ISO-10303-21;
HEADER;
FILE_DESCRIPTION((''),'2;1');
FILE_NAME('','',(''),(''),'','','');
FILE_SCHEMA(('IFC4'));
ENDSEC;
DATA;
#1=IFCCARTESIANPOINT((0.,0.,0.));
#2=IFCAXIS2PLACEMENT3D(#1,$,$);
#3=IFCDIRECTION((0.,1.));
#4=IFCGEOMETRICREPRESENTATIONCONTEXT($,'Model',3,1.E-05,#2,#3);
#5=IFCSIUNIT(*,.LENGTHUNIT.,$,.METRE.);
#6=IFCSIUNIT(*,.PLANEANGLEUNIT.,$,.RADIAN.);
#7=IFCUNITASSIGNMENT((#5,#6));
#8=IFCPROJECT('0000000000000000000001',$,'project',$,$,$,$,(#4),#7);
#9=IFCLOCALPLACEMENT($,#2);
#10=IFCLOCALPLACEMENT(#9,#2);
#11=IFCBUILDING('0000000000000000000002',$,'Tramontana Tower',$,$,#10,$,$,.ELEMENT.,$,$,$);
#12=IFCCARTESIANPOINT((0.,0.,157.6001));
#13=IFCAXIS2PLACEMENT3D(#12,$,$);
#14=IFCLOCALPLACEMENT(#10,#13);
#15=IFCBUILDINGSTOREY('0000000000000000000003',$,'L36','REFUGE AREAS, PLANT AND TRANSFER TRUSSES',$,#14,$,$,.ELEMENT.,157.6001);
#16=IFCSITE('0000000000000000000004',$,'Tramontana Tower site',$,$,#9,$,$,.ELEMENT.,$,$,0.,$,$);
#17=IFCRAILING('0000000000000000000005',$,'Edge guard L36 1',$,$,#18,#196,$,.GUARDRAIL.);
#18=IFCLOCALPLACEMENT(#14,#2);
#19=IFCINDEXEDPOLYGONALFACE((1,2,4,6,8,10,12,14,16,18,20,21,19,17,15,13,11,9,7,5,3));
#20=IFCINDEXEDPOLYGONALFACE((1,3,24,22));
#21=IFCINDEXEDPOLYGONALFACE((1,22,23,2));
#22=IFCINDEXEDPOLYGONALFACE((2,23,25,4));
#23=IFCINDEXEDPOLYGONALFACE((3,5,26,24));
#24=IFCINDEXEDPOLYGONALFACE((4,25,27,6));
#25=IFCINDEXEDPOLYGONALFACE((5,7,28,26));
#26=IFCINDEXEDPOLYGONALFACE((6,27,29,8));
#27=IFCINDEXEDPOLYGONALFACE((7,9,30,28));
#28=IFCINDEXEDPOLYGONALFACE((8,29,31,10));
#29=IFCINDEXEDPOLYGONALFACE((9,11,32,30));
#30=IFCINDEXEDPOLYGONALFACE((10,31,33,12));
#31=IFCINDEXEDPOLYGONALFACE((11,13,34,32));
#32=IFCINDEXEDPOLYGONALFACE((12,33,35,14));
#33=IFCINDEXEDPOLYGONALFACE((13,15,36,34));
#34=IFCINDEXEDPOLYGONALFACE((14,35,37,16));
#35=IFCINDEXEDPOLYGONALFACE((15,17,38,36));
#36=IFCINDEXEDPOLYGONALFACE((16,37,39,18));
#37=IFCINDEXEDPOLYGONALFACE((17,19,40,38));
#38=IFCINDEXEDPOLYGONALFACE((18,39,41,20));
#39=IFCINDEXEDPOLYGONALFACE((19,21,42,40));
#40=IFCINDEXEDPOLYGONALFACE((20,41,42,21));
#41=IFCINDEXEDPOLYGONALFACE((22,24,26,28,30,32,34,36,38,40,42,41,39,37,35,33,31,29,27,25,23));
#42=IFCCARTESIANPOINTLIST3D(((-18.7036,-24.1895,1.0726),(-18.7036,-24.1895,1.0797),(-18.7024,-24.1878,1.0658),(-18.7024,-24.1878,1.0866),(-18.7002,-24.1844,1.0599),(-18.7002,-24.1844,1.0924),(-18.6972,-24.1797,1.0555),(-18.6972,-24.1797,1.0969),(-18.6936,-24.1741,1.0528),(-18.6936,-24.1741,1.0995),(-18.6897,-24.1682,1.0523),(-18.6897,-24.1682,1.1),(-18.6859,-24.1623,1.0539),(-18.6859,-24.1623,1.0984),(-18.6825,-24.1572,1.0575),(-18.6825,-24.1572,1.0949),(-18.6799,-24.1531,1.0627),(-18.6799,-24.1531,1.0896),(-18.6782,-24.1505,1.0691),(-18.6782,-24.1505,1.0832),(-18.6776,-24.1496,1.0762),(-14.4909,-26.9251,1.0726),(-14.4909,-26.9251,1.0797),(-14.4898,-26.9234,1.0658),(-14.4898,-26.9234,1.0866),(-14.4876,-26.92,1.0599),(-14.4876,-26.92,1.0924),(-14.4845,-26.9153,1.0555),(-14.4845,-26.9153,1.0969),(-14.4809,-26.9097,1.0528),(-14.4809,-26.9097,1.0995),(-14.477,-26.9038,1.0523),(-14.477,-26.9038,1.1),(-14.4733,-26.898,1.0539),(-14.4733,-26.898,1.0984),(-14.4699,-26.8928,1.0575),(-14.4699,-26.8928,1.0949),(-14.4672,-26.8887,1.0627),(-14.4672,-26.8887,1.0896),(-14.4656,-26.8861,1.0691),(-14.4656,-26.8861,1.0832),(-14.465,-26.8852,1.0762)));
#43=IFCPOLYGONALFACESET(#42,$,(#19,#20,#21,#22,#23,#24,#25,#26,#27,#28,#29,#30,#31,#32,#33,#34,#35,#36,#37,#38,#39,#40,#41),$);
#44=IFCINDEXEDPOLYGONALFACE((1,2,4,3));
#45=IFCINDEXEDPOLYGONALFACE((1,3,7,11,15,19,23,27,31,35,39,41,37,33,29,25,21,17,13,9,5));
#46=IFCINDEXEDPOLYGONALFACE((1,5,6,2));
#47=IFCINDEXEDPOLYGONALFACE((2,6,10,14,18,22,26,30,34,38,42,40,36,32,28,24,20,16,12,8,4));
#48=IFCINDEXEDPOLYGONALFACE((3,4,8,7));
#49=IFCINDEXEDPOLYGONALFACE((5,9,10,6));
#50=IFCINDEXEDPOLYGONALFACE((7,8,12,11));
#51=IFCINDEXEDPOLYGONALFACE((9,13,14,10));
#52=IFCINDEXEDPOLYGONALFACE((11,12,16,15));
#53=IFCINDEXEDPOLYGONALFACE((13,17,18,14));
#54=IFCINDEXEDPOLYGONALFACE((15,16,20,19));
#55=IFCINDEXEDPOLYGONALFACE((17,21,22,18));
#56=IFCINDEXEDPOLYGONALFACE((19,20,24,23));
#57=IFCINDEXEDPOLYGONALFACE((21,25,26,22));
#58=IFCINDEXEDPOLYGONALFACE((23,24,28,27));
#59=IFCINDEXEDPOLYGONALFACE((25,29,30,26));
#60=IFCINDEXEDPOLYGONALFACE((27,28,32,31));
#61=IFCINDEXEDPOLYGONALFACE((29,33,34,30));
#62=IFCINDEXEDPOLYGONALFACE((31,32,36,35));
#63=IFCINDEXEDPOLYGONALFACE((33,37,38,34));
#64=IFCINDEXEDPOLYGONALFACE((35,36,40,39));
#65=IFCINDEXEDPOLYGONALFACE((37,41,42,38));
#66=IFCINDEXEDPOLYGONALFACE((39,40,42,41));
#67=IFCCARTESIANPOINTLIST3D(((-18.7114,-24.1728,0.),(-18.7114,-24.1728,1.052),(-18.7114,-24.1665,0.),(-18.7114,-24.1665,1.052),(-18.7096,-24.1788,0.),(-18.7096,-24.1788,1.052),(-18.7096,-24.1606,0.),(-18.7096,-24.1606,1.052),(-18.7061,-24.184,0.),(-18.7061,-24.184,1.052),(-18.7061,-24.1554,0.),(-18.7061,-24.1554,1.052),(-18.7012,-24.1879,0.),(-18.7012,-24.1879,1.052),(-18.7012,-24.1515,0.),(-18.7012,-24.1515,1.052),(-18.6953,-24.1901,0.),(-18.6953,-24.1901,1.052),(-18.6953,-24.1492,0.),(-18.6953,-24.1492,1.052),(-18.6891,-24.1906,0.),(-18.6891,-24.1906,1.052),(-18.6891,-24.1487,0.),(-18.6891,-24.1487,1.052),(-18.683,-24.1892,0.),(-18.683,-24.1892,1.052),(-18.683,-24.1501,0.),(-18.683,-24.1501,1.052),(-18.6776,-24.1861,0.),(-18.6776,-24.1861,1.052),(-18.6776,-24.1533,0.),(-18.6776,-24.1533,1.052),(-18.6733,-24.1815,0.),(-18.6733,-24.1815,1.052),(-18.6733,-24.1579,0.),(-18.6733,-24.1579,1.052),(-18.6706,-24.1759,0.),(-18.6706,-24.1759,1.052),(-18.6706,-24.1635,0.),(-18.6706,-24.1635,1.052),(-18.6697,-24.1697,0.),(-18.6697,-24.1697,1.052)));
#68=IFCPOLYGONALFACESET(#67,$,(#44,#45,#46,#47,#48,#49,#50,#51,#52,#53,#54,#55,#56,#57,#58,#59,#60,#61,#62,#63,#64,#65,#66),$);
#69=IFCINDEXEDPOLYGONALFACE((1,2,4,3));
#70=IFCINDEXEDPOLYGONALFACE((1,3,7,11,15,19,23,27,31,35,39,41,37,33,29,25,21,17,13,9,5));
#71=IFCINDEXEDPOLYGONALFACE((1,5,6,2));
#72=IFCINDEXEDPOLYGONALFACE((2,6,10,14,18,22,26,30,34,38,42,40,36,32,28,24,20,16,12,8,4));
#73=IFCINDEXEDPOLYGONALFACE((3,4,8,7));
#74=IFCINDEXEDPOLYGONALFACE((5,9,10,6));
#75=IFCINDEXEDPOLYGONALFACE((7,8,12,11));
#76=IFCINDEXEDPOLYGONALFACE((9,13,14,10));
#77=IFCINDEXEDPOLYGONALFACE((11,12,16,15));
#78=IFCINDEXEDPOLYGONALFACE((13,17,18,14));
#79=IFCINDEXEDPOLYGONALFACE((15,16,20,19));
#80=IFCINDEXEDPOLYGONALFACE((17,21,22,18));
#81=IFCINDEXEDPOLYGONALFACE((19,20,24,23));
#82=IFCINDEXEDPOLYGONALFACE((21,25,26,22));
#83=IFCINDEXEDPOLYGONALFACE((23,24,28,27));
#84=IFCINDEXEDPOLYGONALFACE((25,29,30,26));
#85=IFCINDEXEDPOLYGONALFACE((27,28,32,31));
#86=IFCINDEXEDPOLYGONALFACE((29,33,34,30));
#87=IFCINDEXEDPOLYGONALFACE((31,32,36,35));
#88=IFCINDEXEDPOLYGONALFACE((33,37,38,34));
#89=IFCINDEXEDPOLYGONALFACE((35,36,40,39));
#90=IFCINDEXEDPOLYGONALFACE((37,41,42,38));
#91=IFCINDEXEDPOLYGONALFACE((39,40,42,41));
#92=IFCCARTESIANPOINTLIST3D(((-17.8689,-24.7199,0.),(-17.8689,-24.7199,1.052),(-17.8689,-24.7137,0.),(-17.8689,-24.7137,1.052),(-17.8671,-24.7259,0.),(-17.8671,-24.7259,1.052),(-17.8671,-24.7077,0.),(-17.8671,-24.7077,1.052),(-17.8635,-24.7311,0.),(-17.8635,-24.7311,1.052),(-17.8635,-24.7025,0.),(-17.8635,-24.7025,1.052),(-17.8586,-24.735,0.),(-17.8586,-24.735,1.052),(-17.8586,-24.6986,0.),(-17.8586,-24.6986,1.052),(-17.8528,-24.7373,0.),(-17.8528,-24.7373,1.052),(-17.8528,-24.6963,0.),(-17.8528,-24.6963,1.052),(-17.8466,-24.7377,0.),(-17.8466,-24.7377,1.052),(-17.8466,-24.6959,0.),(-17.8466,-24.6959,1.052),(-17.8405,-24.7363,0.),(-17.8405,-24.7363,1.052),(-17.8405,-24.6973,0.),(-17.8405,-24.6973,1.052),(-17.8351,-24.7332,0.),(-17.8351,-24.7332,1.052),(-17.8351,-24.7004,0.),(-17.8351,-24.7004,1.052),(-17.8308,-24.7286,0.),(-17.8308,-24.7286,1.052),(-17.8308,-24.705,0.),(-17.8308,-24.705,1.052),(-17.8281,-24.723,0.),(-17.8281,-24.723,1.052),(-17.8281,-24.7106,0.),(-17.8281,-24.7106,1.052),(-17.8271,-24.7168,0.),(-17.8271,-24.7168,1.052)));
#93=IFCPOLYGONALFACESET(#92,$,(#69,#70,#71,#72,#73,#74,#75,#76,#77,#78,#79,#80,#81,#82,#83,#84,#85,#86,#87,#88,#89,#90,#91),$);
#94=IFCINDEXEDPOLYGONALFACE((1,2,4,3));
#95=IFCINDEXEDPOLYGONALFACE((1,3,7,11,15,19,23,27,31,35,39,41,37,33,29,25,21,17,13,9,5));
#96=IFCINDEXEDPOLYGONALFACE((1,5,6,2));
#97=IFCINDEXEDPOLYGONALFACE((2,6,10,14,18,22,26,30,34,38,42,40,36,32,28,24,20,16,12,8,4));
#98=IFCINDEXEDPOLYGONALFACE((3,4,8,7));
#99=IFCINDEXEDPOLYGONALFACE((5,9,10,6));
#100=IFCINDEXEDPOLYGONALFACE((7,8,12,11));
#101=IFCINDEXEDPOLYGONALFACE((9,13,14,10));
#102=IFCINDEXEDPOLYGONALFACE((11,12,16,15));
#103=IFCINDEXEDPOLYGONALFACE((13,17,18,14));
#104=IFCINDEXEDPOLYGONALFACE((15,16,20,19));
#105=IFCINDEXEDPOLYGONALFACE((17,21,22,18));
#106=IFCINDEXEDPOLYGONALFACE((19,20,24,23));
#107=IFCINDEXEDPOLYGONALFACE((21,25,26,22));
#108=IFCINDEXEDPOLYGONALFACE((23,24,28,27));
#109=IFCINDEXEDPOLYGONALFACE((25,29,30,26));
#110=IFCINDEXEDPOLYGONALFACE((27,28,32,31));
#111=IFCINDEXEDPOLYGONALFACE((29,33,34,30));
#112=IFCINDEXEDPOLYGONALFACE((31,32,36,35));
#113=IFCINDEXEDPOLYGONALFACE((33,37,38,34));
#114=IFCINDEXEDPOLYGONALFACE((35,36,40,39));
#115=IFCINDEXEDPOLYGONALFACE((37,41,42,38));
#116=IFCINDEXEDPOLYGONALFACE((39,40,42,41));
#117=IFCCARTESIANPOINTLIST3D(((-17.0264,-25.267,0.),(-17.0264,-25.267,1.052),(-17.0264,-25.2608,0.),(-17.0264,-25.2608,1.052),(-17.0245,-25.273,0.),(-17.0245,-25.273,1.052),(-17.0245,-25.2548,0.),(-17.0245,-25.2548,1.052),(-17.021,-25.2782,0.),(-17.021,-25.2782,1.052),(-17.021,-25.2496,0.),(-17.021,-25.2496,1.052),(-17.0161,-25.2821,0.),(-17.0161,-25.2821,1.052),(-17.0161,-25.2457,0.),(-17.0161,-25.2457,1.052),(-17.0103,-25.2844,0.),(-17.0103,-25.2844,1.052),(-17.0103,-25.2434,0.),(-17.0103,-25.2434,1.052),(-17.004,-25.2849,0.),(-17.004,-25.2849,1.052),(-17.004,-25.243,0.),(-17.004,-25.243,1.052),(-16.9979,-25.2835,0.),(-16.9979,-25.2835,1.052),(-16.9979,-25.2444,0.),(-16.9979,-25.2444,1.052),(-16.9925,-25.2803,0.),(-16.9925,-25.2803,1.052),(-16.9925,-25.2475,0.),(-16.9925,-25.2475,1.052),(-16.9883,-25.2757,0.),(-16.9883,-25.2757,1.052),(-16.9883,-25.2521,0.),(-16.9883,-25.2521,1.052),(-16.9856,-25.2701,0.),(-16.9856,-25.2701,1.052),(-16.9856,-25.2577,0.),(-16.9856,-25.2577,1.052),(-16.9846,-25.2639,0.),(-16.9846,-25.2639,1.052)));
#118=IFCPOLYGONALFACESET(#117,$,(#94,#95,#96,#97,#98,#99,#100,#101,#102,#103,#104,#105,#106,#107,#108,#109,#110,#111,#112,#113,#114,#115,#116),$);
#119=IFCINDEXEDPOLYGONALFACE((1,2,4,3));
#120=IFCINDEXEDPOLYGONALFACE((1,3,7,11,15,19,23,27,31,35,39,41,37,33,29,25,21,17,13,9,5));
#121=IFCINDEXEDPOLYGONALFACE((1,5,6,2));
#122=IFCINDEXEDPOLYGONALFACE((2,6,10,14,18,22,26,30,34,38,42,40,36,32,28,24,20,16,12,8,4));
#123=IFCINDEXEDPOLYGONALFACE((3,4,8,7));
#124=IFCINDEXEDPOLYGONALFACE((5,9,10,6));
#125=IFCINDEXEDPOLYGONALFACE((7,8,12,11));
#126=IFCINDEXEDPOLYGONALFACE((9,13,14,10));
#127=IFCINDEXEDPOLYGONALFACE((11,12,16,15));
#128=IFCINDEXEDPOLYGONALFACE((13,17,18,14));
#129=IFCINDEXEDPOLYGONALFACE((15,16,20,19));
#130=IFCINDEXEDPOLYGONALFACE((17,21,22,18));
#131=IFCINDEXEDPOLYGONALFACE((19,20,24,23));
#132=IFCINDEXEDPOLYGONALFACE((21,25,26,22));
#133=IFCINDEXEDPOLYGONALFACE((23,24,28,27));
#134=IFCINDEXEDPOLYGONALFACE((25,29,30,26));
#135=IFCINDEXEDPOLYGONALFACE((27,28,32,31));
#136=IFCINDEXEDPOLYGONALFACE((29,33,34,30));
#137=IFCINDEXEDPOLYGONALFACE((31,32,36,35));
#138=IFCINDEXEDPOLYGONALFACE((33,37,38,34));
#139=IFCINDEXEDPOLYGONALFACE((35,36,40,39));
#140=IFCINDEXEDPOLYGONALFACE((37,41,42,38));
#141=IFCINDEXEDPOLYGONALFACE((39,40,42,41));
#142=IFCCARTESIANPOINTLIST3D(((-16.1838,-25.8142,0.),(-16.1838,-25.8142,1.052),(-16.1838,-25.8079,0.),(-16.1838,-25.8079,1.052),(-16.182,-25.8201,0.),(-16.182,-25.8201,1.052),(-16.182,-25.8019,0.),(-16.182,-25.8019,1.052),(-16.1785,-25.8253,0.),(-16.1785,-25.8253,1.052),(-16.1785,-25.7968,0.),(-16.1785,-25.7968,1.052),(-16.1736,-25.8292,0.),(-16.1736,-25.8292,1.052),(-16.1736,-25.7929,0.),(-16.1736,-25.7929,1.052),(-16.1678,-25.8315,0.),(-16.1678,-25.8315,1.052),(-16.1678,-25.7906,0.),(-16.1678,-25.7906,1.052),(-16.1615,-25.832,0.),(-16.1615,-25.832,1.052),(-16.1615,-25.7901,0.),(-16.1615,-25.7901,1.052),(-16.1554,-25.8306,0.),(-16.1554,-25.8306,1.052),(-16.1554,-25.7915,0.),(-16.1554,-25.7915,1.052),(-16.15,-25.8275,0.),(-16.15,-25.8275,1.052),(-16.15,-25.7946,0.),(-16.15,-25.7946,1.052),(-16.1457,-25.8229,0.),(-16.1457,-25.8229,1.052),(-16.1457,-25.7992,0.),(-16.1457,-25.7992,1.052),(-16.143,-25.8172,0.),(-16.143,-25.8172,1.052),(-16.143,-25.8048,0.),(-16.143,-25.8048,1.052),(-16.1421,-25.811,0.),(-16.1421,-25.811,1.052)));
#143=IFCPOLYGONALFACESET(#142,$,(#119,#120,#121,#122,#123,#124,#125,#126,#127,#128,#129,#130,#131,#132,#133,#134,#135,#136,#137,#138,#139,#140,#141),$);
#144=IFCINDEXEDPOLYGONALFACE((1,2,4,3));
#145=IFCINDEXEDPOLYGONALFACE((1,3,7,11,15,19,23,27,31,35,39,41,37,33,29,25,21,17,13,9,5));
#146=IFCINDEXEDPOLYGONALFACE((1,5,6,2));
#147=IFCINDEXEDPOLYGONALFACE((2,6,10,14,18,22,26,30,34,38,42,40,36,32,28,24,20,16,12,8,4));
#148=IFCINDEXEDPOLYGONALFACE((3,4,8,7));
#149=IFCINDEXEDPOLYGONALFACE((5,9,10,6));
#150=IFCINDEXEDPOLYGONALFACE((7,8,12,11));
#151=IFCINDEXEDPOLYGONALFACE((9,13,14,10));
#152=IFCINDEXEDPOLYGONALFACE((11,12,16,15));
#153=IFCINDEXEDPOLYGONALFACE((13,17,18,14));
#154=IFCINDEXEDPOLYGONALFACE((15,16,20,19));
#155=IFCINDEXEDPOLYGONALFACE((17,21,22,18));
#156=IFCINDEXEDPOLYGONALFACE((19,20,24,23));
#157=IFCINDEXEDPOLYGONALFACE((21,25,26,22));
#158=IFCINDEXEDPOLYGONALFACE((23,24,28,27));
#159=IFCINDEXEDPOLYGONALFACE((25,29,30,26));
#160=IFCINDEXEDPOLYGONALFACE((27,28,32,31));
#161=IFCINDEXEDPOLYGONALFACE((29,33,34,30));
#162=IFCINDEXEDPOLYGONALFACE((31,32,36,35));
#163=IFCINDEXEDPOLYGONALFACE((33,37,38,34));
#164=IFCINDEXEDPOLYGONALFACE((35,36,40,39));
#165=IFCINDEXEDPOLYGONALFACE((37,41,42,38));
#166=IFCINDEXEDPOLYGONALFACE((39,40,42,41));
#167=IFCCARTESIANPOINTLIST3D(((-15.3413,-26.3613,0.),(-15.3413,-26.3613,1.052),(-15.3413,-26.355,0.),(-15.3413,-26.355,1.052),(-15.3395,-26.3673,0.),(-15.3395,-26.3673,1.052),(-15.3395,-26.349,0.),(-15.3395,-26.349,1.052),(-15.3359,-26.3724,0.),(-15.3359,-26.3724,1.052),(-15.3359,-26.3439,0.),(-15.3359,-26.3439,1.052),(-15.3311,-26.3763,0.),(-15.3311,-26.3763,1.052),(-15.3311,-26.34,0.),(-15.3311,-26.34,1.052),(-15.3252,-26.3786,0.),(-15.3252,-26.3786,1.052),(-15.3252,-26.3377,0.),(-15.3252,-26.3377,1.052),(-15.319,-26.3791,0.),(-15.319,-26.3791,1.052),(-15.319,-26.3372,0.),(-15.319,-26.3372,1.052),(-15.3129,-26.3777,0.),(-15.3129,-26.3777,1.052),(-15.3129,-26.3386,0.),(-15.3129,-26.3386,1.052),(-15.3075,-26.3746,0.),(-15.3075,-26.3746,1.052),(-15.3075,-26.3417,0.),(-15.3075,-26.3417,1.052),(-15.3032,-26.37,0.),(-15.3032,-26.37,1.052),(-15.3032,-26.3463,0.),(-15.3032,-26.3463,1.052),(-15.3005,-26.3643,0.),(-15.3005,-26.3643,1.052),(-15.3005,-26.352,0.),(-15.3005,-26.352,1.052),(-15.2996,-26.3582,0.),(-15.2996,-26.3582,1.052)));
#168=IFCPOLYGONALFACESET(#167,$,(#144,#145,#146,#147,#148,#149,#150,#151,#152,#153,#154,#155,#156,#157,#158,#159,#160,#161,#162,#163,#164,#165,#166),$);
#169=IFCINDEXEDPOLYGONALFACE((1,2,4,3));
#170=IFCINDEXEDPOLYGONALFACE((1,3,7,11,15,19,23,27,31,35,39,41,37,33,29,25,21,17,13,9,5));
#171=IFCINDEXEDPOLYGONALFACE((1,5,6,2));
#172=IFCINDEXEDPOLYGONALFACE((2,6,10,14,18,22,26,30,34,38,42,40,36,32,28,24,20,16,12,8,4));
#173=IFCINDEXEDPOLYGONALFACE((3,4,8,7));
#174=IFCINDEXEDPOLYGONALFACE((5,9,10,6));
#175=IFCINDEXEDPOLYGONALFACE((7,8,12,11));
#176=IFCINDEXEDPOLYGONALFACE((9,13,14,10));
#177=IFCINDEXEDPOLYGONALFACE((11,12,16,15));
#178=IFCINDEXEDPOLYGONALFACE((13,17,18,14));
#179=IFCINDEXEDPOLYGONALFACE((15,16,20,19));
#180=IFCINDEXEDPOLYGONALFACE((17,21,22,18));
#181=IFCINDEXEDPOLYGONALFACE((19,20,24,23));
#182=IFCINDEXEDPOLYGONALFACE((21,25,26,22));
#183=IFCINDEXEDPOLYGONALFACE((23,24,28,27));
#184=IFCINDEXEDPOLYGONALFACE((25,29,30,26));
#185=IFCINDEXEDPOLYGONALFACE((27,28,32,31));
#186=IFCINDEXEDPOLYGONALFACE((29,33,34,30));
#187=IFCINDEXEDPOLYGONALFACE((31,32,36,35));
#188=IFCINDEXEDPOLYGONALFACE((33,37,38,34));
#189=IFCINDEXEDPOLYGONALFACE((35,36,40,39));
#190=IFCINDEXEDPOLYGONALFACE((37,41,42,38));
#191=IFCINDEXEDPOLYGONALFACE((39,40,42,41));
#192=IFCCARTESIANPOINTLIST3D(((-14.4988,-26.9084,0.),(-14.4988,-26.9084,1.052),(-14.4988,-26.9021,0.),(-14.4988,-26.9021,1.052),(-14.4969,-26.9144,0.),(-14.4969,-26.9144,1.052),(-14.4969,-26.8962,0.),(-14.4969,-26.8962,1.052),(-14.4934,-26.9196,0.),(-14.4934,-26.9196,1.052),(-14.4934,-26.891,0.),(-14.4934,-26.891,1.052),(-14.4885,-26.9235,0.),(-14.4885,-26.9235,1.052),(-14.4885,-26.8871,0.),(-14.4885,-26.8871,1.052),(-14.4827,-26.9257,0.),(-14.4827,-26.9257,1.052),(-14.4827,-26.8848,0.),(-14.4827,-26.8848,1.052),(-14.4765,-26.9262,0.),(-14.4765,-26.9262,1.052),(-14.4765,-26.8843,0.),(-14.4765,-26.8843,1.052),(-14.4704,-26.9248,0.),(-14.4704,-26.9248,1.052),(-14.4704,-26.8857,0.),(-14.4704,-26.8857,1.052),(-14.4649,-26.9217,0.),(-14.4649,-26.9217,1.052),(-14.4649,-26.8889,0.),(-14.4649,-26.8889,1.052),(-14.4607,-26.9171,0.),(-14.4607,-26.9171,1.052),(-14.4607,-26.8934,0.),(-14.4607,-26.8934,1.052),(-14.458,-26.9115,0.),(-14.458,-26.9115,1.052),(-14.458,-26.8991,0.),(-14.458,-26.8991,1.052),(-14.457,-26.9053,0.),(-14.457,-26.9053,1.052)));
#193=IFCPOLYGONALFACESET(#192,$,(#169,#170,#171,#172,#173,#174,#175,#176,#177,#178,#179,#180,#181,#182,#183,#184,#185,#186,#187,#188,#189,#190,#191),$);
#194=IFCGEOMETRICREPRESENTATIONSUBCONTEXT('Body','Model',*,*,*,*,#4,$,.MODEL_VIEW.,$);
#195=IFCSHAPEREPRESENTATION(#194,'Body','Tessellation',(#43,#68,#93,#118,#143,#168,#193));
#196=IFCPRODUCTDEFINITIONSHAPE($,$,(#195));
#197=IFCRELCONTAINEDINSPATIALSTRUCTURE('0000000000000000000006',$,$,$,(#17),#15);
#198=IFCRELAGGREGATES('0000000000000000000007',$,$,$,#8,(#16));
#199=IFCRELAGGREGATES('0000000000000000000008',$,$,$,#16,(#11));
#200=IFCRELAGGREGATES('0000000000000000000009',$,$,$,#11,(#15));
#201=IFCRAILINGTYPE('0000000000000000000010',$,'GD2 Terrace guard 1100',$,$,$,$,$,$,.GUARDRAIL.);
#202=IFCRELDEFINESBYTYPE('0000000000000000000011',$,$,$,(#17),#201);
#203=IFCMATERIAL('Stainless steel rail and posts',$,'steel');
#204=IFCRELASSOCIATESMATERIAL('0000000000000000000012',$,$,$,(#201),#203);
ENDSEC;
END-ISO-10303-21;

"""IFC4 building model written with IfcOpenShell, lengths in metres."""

from ifc_helpers import new_model, si_unit, direction, frame, origin, origin_2d, place, context, subcontext, project, spatial, circle, extrude, material, type_object, element, save


model = new_model("IFC4")

# Units and contexts
model_context = context("Model", 3, precision=1e-05, world=origin(), true_north=direction((0.0, 1.0)))
body_context = subcontext(model_context, "Body", "Model", "MODEL_VIEW")
ifc_project = project(units=[si_unit("LENGTHUNIT", "METRE"), si_unit("PLANEANGLEUNIT", "RADIAN")], contexts=[model_context])

# Site, building, storey
site_placement = place(None, origin())
site = spatial("IfcSite", under=ifc_project, at=site_placement, Name="Tramontana Tower site", CompositionType="ELEMENT", RefElevation=0.0)
building_placement = place(site_placement, origin())
building = spatial("IfcBuilding", under=site, at=building_placement, Name="Tramontana Tower", CompositionType="ELEMENT")
storey_placement = place(building_placement, frame((0.0, 0.0, 157.6001)))
storey = spatial("IfcBuildingStorey", under=building, at=storey_placement, Name="L36", Description="REFUGE AREAS, PLANT AND TRANSFER TRUSSES", CompositionType="ELEMENT", Elevation=157.6001)

# Railing
ifc_material_1 = material(Name="Stainless steel rail and posts", Category="steel")
railing_type = type_object("IfcRailingType", Name="GD2 Terrace guard 1100", PredefinedType="GUARDRAIL", material=ifc_material_1)
railing_1_placement = place(storey_placement, frame((-18.6907, -24.1697, 0.0)))
element("IfcRailing", 1, at=railing_1_placement, inside=storey, type_object=railing_type, Name="Edge guard L36 1", PredefinedType="GUARDRAIL", context=body_context, shape_type="SweptSolid", body=[
    extrude(circle(Radius=0.0239, at=origin_2d()), frame((0.0, 0.0, 1.0762), z_axis=(0.838682, -0.544621, 0.0), x_axis=(0.544621, 0.838682, 0.0)), (0.0, 0.0, 1.0), 5.0229),
    extrude(circle(Radius=0.021, at=origin_2d()), origin(), (0.0, 0.0, 1.0), 1.052),
    extrude(circle(Radius=0.021, at=origin_2d()), frame((0.8425, -0.5471, 0.0)), (0.0, 0.0, 1.0), 1.052),
    extrude(circle(Radius=0.021, at=origin_2d()), frame((1.6851, -1.0942, 0.0)), (0.0, 0.0, 1.0), 1.052),
    extrude(circle(Radius=0.021, at=origin_2d()), frame((2.5276, -1.6414, 0.0)), (0.0, 0.0, 1.0), 1.052),
    extrude(circle(Radius=0.021, at=origin_2d()), frame((3.3701, -2.1885, 0.0)), (0.0, 0.0, 1.0), 1.052),
    extrude(circle(Radius=0.021, at=origin_2d()), frame((4.2126, -2.7356, 0.0)), (0.0, 0.0, 1.0), 1.052),
])

save(model, "model.ifc")
